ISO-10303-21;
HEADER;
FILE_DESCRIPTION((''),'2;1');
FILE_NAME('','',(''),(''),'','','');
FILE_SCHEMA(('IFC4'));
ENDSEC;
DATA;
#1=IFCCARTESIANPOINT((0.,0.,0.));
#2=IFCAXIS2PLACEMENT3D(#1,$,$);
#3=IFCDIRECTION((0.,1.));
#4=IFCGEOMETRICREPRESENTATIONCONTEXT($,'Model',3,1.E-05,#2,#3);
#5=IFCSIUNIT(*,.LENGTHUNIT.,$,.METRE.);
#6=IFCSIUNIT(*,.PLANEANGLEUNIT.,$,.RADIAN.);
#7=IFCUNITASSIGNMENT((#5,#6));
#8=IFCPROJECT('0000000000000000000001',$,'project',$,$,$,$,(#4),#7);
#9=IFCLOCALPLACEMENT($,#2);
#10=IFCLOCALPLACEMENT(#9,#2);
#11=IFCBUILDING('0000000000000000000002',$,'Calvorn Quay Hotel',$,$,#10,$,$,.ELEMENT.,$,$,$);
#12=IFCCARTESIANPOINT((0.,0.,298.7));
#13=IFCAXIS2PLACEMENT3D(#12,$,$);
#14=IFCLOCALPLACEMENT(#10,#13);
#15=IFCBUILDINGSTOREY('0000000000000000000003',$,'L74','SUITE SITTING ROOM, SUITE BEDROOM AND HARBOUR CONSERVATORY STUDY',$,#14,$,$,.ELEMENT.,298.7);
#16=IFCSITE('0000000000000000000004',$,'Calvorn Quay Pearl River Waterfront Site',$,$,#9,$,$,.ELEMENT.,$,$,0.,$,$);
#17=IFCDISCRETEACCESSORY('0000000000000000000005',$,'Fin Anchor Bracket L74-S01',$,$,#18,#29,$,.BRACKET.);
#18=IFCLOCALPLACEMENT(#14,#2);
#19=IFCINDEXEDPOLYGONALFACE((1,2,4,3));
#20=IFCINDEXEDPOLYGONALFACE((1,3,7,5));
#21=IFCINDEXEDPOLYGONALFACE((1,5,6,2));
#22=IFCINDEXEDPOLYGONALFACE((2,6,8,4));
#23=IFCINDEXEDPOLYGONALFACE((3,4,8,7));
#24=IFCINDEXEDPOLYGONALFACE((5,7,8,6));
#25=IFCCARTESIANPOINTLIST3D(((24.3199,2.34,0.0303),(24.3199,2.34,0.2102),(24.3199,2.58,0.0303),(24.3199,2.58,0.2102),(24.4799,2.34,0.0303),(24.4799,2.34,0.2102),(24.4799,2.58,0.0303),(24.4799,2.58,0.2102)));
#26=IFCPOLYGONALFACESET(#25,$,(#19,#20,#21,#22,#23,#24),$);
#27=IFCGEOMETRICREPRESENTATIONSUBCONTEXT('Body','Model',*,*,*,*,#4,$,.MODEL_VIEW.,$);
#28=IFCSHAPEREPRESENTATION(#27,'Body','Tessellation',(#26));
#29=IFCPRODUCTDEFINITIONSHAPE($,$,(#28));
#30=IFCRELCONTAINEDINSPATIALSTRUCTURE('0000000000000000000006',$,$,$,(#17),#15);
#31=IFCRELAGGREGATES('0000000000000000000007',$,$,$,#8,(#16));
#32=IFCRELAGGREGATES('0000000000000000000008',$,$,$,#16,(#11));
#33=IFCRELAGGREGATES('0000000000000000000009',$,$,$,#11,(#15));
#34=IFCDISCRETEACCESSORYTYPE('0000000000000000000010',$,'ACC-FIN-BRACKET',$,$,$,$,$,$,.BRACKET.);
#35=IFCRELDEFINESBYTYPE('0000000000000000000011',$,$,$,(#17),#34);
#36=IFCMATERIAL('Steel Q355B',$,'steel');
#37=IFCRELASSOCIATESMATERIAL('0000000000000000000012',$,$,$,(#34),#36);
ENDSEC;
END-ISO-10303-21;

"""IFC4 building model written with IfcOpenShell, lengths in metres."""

from ifc_helpers import new_model, si_unit, direction, frame, origin, origin_2d, place, context, subcontext, project, spatial, rectangle, extrude, material, type_object, element, save


model = new_model("IFC4")

# Units and contexts
model_context = context("Model", 3, precision=1e-05, world=origin(), true_north=direction((0.0, 1.0)))
body_context = subcontext(model_context, "Body", "Model", "MODEL_VIEW")
ifc_project = project(units=[si_unit("LENGTHUNIT", "METRE"), si_unit("PLANEANGLEUNIT", "RADIAN")], contexts=[model_context])

# Site, building, storey
site_placement = place(None, origin())
site = spatial("IfcSite", under=ifc_project, at=site_placement, Name="Calvorn Quay Pearl River Waterfront Site", CompositionType="ELEMENT", RefElevation=0.0)
building_placement = place(site_placement, origin())
building = spatial("IfcBuilding", under=site, at=building_placement, Name="Calvorn Quay Hotel", CompositionType="ELEMENT")
storey_placement = place(building_placement, frame((0.0, 0.0, 298.7)))
storey = spatial("IfcBuildingStorey", under=building, at=storey_placement, Name="L74", Description="SUITE SITTING ROOM, SUITE BEDROOM AND HARBOUR CONSERVATORY STUDY", CompositionType="ELEMENT", Elevation=298.7)

# Discrete accessory
ifc_material_1 = material(Name="Steel Q355B", Category="steel")
discrete_accessory_type = type_object("IfcDiscreteAccessoryType", Name="ACC-FIN-BRACKET", PredefinedType="BRACKET", material=ifc_material_1)
discrete_accessory_placement = place(storey_placement, frame((24.3999, 2.46, 0.0303), z_axis=(0.0, 0.0, 1.0), x_axis=(0.0, 1.0, 0.0)))
element("IfcDiscreteAccessory", 1, at=discrete_accessory_placement, inside=storey, type_object=discrete_accessory_type, Name="Fin Anchor Bracket L74-S01", PredefinedType="BRACKET", context=body_context, shape_type="SweptSolid", body=[
    extrude(rectangle(XDim=0.24, YDim=0.1599, at=origin_2d()), origin(), (0.0, 0.0, 1.0), 0.1799),
])

save(model, "model.ifc")
